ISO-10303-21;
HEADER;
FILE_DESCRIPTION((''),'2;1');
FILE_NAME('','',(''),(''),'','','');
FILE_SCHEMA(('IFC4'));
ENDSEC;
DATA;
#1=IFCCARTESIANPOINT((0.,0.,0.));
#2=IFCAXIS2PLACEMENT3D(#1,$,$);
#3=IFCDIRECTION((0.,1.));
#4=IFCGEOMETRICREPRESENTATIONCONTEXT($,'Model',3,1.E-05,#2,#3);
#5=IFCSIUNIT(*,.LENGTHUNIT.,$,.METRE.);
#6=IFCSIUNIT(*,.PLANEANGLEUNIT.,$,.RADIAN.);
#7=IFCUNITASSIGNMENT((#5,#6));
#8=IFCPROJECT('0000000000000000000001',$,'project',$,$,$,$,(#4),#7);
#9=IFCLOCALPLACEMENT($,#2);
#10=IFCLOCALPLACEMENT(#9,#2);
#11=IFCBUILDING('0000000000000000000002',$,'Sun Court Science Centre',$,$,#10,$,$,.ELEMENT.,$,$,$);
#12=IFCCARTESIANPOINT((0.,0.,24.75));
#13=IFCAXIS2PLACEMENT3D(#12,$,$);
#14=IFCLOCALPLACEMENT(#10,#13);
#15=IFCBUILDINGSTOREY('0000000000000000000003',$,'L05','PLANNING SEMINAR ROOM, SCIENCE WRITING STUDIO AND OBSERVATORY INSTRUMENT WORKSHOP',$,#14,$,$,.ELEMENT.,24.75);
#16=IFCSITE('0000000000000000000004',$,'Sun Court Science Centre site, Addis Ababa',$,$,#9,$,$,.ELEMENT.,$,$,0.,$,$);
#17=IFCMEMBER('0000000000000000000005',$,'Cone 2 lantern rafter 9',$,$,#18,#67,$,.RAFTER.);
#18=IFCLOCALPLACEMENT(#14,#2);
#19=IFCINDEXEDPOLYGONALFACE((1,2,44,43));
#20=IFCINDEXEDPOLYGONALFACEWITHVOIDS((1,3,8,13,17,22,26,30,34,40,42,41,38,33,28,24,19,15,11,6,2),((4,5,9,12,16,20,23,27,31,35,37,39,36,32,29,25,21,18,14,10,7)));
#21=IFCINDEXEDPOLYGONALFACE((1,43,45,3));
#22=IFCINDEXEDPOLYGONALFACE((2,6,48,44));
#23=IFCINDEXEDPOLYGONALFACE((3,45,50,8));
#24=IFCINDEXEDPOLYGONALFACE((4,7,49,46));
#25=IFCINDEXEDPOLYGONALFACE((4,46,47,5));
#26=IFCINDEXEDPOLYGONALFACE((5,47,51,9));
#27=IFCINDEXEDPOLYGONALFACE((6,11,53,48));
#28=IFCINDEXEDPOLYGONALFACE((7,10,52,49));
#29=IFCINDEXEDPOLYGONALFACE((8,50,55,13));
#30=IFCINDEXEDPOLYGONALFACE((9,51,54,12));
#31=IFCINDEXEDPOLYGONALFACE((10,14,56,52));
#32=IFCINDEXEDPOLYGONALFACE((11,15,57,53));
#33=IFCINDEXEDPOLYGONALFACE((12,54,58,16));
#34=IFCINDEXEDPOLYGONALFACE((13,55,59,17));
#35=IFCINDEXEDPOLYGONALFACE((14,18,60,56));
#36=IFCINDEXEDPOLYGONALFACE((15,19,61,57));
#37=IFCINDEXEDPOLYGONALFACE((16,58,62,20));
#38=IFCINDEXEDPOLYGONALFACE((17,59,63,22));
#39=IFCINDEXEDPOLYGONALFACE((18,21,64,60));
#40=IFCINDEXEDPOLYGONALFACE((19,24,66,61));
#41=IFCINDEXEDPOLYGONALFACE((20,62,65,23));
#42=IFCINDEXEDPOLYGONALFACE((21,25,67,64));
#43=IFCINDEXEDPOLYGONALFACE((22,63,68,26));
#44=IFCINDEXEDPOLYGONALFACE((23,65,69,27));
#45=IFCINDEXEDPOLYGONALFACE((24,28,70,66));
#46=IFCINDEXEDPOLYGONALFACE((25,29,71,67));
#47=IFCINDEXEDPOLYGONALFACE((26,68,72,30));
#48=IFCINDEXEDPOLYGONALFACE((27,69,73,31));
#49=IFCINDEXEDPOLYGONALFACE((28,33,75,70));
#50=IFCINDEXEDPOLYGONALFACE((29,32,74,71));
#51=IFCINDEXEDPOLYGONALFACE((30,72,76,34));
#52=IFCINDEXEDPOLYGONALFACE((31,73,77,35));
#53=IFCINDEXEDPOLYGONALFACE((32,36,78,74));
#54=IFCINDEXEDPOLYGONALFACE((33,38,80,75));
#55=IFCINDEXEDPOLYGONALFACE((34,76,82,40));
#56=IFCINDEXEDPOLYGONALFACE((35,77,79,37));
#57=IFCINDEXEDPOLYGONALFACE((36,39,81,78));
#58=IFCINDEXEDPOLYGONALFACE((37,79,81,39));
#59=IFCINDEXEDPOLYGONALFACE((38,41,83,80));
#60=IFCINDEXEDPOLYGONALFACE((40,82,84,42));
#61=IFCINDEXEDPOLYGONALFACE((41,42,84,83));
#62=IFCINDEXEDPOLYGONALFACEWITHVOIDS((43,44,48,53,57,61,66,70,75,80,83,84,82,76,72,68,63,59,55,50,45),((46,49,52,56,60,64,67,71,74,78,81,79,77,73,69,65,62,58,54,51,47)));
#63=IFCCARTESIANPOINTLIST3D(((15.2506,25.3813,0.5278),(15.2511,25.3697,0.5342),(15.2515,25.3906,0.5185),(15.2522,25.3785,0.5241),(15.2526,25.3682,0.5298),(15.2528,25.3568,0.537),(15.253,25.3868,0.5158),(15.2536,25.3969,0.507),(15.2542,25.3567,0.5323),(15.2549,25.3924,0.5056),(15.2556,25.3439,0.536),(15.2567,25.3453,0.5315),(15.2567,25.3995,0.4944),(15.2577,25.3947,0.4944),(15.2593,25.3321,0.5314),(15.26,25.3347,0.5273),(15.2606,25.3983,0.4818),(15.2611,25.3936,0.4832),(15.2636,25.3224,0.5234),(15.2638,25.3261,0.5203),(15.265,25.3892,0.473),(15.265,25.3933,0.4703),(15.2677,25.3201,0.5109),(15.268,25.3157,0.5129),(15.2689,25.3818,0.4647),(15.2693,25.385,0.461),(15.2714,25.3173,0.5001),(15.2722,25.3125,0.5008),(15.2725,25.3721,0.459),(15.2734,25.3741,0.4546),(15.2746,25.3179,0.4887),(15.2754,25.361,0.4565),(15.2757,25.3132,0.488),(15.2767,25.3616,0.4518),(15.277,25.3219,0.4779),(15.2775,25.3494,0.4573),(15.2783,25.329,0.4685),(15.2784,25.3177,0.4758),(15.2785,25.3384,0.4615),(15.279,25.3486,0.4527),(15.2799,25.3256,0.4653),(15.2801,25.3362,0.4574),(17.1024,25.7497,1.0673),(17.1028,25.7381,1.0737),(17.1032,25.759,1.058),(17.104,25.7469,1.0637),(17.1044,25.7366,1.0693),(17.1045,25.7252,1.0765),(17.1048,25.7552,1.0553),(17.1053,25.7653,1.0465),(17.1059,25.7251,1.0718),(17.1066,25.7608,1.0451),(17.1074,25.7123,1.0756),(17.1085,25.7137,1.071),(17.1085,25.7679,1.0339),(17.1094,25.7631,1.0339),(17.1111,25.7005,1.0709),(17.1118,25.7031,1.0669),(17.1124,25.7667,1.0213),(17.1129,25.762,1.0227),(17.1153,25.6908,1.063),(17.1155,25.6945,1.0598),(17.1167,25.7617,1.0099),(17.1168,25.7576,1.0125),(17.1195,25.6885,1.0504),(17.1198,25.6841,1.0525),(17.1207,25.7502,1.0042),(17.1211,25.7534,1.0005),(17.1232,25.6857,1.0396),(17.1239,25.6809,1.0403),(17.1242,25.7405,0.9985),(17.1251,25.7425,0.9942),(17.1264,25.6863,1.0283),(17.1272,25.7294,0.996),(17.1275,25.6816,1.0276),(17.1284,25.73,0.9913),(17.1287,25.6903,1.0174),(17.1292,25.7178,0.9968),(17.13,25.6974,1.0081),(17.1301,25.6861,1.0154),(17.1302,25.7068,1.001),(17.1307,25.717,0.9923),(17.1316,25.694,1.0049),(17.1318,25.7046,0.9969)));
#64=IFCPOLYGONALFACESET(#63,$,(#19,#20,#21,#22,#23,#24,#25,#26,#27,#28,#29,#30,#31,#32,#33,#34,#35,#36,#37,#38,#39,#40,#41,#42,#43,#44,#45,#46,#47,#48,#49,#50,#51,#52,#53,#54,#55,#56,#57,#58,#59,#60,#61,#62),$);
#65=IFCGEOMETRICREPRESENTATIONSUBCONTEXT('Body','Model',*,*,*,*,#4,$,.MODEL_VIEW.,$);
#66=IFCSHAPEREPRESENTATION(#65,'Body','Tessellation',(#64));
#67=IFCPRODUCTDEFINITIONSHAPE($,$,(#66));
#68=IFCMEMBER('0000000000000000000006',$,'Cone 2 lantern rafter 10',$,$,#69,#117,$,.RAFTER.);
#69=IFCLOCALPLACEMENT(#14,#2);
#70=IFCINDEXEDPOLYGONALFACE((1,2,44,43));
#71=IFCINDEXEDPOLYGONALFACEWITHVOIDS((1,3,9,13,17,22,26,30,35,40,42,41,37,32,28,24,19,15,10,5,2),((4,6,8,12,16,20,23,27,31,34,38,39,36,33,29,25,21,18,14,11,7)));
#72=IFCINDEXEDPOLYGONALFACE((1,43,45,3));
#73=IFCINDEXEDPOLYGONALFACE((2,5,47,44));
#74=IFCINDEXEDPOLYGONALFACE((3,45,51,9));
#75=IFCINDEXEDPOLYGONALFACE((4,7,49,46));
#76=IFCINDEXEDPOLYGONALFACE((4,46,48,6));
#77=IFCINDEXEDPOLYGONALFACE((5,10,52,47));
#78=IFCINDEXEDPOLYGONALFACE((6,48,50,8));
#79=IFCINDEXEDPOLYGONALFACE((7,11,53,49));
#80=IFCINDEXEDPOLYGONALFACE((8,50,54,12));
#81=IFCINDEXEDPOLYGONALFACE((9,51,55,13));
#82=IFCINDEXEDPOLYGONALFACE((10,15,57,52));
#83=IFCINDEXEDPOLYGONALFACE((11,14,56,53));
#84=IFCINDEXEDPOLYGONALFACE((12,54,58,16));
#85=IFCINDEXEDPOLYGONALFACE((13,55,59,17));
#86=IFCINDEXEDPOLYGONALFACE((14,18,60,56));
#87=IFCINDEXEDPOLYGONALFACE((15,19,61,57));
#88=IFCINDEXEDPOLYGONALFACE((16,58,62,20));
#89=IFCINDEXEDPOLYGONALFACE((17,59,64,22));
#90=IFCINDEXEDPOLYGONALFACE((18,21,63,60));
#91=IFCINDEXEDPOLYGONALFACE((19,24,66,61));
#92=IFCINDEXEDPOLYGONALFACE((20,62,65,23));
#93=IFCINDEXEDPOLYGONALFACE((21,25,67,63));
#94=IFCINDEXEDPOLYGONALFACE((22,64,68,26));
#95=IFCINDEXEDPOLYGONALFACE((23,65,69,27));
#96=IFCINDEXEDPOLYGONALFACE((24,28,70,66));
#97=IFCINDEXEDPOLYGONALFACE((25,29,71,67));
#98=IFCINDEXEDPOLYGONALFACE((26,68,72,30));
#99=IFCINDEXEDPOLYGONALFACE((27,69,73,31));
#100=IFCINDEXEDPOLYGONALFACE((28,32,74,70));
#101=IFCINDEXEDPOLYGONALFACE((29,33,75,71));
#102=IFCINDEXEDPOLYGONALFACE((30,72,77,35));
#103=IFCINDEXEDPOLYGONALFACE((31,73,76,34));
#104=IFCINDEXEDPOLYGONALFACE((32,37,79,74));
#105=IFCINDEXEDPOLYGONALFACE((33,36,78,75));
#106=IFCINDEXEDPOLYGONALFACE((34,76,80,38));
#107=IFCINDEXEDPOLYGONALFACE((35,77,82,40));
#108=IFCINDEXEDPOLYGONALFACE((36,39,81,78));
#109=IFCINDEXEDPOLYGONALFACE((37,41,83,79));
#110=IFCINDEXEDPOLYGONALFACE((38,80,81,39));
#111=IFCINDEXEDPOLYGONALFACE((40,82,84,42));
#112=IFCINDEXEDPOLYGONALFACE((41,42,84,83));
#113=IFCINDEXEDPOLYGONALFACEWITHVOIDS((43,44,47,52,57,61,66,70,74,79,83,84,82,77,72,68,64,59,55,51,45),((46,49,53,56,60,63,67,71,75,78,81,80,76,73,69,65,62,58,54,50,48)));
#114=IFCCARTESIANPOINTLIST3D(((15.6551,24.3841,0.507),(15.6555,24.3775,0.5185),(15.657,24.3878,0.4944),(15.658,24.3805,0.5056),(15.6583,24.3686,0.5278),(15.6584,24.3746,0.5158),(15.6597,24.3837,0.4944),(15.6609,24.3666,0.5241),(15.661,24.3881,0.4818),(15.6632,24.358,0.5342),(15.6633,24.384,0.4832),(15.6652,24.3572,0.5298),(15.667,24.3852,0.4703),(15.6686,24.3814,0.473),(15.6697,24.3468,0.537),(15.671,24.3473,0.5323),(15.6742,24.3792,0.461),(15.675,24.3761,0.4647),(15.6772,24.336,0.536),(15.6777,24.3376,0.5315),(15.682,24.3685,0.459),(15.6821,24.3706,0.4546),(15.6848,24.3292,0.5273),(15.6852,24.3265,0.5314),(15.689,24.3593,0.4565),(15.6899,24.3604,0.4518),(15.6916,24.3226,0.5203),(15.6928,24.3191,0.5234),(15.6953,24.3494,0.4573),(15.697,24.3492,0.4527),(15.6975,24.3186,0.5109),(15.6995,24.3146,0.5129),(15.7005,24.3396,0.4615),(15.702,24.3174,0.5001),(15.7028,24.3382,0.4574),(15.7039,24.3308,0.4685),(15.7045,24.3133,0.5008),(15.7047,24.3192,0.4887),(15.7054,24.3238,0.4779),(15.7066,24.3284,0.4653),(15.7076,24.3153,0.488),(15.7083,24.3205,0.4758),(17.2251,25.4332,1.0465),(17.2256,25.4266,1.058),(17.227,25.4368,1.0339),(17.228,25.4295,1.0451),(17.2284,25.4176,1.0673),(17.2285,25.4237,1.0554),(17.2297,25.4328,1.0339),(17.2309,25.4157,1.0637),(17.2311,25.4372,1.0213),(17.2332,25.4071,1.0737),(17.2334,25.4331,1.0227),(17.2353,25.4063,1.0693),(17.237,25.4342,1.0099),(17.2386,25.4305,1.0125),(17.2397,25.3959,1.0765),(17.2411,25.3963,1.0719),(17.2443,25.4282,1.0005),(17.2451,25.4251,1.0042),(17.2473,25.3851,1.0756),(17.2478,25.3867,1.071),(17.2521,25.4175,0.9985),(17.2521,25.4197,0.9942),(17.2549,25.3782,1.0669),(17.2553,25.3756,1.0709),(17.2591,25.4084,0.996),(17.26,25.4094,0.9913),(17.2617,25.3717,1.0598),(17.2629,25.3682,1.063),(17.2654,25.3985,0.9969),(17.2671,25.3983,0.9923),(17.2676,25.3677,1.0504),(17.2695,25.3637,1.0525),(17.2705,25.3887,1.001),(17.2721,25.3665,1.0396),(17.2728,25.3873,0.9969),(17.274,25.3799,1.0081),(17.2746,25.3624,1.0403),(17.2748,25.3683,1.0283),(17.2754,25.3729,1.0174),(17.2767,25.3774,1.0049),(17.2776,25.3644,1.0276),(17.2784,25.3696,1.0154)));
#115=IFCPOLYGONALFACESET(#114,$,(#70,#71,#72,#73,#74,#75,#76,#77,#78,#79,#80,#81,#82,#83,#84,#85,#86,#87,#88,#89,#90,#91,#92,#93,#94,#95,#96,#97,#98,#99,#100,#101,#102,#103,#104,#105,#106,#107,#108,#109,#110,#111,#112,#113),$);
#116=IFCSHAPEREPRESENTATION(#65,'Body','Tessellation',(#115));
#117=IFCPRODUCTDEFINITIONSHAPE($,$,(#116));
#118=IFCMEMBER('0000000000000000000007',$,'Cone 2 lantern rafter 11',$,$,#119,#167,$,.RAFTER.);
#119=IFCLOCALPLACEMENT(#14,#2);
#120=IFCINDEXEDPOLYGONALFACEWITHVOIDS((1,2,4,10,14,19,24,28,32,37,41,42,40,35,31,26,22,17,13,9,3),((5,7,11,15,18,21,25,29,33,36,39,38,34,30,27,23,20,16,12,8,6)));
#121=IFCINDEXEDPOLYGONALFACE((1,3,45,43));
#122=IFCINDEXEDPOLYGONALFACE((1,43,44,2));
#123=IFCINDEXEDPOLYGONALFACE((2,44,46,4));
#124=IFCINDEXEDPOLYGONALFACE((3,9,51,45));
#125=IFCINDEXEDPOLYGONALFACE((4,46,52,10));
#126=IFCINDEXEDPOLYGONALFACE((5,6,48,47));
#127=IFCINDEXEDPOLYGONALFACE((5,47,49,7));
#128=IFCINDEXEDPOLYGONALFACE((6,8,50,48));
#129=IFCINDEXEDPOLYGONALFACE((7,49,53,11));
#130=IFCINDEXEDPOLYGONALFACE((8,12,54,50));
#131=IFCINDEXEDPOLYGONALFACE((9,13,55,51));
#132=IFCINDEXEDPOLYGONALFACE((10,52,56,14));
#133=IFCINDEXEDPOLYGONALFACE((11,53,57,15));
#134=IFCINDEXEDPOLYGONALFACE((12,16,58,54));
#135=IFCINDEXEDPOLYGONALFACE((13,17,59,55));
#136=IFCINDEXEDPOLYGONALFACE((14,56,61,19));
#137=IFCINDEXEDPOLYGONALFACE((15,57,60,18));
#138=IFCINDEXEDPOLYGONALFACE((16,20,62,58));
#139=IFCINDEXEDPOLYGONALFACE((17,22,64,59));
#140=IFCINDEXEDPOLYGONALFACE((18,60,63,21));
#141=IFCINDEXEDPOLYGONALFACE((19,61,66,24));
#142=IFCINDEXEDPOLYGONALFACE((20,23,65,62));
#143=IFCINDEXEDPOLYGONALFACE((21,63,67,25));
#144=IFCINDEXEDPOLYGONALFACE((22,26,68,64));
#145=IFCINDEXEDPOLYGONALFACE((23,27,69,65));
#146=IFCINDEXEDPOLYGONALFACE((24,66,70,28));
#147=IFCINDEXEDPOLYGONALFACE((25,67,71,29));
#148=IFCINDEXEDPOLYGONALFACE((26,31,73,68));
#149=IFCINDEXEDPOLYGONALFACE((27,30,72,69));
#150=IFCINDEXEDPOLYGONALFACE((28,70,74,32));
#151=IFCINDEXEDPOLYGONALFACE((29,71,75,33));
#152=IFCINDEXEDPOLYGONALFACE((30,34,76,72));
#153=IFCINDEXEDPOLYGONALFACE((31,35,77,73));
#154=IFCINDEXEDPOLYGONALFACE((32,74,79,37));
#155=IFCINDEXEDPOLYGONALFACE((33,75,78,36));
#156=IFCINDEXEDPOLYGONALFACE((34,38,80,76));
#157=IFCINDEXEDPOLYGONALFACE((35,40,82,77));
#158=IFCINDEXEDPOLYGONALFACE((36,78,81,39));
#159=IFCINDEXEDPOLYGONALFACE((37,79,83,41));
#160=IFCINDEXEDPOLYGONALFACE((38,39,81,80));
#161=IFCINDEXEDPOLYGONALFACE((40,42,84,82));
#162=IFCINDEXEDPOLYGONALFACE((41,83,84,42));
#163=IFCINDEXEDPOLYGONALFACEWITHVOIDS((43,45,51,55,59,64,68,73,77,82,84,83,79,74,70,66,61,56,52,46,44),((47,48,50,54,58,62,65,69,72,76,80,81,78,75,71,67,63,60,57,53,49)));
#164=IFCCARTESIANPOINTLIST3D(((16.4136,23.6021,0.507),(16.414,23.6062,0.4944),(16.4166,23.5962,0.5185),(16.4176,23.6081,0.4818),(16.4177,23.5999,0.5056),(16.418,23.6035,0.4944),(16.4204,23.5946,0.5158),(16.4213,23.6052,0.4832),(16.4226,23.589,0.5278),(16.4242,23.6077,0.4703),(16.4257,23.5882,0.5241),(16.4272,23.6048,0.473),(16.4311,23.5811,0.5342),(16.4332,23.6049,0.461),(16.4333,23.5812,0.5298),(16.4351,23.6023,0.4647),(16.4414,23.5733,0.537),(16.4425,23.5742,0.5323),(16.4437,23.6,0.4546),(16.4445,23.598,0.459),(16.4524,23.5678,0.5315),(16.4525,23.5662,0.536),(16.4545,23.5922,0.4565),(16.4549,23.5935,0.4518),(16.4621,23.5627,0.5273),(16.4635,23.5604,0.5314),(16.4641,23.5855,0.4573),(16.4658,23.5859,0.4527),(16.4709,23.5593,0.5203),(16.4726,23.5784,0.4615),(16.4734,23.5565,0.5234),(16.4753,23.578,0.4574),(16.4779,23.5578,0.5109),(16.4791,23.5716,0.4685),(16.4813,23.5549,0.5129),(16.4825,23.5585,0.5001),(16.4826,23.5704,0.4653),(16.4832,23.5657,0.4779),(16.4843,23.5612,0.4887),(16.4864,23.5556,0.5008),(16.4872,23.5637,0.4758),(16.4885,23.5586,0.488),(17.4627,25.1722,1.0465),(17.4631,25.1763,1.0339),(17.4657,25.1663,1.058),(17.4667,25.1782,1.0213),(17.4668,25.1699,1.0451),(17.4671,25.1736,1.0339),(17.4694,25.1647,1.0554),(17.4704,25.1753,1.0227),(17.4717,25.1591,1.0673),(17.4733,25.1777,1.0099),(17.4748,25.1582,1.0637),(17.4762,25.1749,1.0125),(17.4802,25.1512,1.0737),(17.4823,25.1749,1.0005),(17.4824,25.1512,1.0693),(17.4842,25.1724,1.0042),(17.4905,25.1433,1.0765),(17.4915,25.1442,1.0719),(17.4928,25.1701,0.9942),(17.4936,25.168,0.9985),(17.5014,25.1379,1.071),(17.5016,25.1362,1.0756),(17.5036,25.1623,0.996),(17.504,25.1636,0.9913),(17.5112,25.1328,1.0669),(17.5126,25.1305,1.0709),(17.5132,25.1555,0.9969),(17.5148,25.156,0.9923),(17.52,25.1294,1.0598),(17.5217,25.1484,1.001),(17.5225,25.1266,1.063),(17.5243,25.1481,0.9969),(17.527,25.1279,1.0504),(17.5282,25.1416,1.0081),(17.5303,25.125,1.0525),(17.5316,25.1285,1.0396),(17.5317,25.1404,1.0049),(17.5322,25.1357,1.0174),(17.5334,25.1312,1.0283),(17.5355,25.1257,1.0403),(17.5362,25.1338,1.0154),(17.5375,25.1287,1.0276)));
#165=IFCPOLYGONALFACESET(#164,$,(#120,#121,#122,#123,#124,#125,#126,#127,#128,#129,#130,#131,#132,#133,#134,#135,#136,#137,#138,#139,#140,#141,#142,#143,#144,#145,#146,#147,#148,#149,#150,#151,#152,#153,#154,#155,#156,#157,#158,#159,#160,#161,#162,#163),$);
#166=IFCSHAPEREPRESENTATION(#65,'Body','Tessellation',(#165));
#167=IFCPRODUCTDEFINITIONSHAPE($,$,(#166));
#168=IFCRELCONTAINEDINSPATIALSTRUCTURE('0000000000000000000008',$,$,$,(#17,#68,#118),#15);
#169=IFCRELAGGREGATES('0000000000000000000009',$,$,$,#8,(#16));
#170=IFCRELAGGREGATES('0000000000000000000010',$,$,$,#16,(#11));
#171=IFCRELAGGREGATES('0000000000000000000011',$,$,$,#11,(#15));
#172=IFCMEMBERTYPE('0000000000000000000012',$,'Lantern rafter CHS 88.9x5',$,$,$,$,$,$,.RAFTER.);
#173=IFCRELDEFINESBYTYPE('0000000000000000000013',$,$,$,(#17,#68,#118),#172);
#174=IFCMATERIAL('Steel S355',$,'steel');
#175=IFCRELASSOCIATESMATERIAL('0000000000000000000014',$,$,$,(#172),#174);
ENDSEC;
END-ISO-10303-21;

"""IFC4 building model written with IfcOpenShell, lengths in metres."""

from ifc_helpers import new_model, si_unit, direction, frame, origin, origin_2d, place, context, subcontext, project, spatial, hollow_circle, extrude, material, material_profile, profile_set, type_object, element, save


model = new_model("IFC4")

# Units and contexts
model_context = context("Model", 3, precision=1e-05, world=origin(), true_north=direction((0.0, 1.0)))
body_context = subcontext(model_context, "Body", "Model", "MODEL_VIEW")
ifc_project = project(units=[si_unit("LENGTHUNIT", "METRE"), si_unit("PLANEANGLEUNIT", "RADIAN")], contexts=[model_context])

# Site, building, storey
site_placement = place(None, origin())
site = spatial("IfcSite", under=ifc_project, at=site_placement, Name="Sun Court Science Centre site, Addis Ababa", CompositionType="ELEMENT", RefElevation=0.0)
building_placement = place(site_placement, origin())
building = spatial("IfcBuilding", under=site, at=building_placement, Name="Sun Court Science Centre", CompositionType="ELEMENT")
storey_placement = place(building_placement, frame((0.0, 0.0, 24.75)))
storey = spatial("IfcBuildingStorey", under=building, at=storey_placement, Name="L05", Description="PLANNING SEMINAR ROOM, SCIENCE WRITING STUDIO AND OBSERVATORY INSTRUMENT WORKSHOP", CompositionType="ELEMENT", Elevation=24.75)

# Members
ifc_material_1 = material(Name="Steel S355", Category="steel")
ifc_material_profile_1 = material_profile(ifc_material_1, hollow_circle(Radius=0.0444, WallThickness=0.0049, at=origin_2d()), Name="CHS 88.9x5")
ifc_profile_set_1 = profile_set([ifc_material_profile_1], Name="Steel S355")
member_type_1 = type_object("IfcMemberType", Name="Lantern rafter CHS 88.9x5", PredefinedType="RAFTER", material=ifc_profile_set_1)
for number, where, z_axis, x_axis, name in (
    (1, (15.2654, 25.356, 0.4944), (0.94303, 0.187611, 0.274766), (-0.195121, 0.980779, 0.0), "Cone 2 lantern rafter 9"),
):
    element("IfcMember", number, at=place(storey_placement, frame(where, z_axis=z_axis, x_axis=x_axis)), inside=storey, type_object=member_type_1, Name=name, PredefinedType="RAFTER", context=body_context, shape_type="SweptSolid", body=[
        extrude(hollow_circle(Radius=0.0444, WallThickness=0.0049, at=origin_2d()), origin(), (0.0, 0.0, 1.0), 1.9636),
    ])
for number, where, z_axis, x_axis, name in (
    (2, (15.6816, 24.3508, 0.4944), (0.799477, 0.534186, 0.274739), (-0.555565, 0.831473, 0.0), "Cone 2 lantern rafter 10"),
    (3, (16.4509, 23.5815, 0.4944), (0.534186, 0.799477, 0.274739), (-0.831473, 0.555565, 0.0), "Cone 2 lantern rafter 11"),
):
    element("IfcMember", number, at=place(storey_placement, frame(where, z_axis=z_axis, x_axis=x_axis)), inside=storey, type_object=member_type_1, Name=name, PredefinedType="RAFTER", context=body_context, shape_type="SweptSolid", body=[
        extrude(hollow_circle(Radius=0.0444, WallThickness=0.0049, at=origin_2d()), origin(), (0.0, 0.0, 1.0), 1.9639),
    ])

save(model, "model.ifc")
